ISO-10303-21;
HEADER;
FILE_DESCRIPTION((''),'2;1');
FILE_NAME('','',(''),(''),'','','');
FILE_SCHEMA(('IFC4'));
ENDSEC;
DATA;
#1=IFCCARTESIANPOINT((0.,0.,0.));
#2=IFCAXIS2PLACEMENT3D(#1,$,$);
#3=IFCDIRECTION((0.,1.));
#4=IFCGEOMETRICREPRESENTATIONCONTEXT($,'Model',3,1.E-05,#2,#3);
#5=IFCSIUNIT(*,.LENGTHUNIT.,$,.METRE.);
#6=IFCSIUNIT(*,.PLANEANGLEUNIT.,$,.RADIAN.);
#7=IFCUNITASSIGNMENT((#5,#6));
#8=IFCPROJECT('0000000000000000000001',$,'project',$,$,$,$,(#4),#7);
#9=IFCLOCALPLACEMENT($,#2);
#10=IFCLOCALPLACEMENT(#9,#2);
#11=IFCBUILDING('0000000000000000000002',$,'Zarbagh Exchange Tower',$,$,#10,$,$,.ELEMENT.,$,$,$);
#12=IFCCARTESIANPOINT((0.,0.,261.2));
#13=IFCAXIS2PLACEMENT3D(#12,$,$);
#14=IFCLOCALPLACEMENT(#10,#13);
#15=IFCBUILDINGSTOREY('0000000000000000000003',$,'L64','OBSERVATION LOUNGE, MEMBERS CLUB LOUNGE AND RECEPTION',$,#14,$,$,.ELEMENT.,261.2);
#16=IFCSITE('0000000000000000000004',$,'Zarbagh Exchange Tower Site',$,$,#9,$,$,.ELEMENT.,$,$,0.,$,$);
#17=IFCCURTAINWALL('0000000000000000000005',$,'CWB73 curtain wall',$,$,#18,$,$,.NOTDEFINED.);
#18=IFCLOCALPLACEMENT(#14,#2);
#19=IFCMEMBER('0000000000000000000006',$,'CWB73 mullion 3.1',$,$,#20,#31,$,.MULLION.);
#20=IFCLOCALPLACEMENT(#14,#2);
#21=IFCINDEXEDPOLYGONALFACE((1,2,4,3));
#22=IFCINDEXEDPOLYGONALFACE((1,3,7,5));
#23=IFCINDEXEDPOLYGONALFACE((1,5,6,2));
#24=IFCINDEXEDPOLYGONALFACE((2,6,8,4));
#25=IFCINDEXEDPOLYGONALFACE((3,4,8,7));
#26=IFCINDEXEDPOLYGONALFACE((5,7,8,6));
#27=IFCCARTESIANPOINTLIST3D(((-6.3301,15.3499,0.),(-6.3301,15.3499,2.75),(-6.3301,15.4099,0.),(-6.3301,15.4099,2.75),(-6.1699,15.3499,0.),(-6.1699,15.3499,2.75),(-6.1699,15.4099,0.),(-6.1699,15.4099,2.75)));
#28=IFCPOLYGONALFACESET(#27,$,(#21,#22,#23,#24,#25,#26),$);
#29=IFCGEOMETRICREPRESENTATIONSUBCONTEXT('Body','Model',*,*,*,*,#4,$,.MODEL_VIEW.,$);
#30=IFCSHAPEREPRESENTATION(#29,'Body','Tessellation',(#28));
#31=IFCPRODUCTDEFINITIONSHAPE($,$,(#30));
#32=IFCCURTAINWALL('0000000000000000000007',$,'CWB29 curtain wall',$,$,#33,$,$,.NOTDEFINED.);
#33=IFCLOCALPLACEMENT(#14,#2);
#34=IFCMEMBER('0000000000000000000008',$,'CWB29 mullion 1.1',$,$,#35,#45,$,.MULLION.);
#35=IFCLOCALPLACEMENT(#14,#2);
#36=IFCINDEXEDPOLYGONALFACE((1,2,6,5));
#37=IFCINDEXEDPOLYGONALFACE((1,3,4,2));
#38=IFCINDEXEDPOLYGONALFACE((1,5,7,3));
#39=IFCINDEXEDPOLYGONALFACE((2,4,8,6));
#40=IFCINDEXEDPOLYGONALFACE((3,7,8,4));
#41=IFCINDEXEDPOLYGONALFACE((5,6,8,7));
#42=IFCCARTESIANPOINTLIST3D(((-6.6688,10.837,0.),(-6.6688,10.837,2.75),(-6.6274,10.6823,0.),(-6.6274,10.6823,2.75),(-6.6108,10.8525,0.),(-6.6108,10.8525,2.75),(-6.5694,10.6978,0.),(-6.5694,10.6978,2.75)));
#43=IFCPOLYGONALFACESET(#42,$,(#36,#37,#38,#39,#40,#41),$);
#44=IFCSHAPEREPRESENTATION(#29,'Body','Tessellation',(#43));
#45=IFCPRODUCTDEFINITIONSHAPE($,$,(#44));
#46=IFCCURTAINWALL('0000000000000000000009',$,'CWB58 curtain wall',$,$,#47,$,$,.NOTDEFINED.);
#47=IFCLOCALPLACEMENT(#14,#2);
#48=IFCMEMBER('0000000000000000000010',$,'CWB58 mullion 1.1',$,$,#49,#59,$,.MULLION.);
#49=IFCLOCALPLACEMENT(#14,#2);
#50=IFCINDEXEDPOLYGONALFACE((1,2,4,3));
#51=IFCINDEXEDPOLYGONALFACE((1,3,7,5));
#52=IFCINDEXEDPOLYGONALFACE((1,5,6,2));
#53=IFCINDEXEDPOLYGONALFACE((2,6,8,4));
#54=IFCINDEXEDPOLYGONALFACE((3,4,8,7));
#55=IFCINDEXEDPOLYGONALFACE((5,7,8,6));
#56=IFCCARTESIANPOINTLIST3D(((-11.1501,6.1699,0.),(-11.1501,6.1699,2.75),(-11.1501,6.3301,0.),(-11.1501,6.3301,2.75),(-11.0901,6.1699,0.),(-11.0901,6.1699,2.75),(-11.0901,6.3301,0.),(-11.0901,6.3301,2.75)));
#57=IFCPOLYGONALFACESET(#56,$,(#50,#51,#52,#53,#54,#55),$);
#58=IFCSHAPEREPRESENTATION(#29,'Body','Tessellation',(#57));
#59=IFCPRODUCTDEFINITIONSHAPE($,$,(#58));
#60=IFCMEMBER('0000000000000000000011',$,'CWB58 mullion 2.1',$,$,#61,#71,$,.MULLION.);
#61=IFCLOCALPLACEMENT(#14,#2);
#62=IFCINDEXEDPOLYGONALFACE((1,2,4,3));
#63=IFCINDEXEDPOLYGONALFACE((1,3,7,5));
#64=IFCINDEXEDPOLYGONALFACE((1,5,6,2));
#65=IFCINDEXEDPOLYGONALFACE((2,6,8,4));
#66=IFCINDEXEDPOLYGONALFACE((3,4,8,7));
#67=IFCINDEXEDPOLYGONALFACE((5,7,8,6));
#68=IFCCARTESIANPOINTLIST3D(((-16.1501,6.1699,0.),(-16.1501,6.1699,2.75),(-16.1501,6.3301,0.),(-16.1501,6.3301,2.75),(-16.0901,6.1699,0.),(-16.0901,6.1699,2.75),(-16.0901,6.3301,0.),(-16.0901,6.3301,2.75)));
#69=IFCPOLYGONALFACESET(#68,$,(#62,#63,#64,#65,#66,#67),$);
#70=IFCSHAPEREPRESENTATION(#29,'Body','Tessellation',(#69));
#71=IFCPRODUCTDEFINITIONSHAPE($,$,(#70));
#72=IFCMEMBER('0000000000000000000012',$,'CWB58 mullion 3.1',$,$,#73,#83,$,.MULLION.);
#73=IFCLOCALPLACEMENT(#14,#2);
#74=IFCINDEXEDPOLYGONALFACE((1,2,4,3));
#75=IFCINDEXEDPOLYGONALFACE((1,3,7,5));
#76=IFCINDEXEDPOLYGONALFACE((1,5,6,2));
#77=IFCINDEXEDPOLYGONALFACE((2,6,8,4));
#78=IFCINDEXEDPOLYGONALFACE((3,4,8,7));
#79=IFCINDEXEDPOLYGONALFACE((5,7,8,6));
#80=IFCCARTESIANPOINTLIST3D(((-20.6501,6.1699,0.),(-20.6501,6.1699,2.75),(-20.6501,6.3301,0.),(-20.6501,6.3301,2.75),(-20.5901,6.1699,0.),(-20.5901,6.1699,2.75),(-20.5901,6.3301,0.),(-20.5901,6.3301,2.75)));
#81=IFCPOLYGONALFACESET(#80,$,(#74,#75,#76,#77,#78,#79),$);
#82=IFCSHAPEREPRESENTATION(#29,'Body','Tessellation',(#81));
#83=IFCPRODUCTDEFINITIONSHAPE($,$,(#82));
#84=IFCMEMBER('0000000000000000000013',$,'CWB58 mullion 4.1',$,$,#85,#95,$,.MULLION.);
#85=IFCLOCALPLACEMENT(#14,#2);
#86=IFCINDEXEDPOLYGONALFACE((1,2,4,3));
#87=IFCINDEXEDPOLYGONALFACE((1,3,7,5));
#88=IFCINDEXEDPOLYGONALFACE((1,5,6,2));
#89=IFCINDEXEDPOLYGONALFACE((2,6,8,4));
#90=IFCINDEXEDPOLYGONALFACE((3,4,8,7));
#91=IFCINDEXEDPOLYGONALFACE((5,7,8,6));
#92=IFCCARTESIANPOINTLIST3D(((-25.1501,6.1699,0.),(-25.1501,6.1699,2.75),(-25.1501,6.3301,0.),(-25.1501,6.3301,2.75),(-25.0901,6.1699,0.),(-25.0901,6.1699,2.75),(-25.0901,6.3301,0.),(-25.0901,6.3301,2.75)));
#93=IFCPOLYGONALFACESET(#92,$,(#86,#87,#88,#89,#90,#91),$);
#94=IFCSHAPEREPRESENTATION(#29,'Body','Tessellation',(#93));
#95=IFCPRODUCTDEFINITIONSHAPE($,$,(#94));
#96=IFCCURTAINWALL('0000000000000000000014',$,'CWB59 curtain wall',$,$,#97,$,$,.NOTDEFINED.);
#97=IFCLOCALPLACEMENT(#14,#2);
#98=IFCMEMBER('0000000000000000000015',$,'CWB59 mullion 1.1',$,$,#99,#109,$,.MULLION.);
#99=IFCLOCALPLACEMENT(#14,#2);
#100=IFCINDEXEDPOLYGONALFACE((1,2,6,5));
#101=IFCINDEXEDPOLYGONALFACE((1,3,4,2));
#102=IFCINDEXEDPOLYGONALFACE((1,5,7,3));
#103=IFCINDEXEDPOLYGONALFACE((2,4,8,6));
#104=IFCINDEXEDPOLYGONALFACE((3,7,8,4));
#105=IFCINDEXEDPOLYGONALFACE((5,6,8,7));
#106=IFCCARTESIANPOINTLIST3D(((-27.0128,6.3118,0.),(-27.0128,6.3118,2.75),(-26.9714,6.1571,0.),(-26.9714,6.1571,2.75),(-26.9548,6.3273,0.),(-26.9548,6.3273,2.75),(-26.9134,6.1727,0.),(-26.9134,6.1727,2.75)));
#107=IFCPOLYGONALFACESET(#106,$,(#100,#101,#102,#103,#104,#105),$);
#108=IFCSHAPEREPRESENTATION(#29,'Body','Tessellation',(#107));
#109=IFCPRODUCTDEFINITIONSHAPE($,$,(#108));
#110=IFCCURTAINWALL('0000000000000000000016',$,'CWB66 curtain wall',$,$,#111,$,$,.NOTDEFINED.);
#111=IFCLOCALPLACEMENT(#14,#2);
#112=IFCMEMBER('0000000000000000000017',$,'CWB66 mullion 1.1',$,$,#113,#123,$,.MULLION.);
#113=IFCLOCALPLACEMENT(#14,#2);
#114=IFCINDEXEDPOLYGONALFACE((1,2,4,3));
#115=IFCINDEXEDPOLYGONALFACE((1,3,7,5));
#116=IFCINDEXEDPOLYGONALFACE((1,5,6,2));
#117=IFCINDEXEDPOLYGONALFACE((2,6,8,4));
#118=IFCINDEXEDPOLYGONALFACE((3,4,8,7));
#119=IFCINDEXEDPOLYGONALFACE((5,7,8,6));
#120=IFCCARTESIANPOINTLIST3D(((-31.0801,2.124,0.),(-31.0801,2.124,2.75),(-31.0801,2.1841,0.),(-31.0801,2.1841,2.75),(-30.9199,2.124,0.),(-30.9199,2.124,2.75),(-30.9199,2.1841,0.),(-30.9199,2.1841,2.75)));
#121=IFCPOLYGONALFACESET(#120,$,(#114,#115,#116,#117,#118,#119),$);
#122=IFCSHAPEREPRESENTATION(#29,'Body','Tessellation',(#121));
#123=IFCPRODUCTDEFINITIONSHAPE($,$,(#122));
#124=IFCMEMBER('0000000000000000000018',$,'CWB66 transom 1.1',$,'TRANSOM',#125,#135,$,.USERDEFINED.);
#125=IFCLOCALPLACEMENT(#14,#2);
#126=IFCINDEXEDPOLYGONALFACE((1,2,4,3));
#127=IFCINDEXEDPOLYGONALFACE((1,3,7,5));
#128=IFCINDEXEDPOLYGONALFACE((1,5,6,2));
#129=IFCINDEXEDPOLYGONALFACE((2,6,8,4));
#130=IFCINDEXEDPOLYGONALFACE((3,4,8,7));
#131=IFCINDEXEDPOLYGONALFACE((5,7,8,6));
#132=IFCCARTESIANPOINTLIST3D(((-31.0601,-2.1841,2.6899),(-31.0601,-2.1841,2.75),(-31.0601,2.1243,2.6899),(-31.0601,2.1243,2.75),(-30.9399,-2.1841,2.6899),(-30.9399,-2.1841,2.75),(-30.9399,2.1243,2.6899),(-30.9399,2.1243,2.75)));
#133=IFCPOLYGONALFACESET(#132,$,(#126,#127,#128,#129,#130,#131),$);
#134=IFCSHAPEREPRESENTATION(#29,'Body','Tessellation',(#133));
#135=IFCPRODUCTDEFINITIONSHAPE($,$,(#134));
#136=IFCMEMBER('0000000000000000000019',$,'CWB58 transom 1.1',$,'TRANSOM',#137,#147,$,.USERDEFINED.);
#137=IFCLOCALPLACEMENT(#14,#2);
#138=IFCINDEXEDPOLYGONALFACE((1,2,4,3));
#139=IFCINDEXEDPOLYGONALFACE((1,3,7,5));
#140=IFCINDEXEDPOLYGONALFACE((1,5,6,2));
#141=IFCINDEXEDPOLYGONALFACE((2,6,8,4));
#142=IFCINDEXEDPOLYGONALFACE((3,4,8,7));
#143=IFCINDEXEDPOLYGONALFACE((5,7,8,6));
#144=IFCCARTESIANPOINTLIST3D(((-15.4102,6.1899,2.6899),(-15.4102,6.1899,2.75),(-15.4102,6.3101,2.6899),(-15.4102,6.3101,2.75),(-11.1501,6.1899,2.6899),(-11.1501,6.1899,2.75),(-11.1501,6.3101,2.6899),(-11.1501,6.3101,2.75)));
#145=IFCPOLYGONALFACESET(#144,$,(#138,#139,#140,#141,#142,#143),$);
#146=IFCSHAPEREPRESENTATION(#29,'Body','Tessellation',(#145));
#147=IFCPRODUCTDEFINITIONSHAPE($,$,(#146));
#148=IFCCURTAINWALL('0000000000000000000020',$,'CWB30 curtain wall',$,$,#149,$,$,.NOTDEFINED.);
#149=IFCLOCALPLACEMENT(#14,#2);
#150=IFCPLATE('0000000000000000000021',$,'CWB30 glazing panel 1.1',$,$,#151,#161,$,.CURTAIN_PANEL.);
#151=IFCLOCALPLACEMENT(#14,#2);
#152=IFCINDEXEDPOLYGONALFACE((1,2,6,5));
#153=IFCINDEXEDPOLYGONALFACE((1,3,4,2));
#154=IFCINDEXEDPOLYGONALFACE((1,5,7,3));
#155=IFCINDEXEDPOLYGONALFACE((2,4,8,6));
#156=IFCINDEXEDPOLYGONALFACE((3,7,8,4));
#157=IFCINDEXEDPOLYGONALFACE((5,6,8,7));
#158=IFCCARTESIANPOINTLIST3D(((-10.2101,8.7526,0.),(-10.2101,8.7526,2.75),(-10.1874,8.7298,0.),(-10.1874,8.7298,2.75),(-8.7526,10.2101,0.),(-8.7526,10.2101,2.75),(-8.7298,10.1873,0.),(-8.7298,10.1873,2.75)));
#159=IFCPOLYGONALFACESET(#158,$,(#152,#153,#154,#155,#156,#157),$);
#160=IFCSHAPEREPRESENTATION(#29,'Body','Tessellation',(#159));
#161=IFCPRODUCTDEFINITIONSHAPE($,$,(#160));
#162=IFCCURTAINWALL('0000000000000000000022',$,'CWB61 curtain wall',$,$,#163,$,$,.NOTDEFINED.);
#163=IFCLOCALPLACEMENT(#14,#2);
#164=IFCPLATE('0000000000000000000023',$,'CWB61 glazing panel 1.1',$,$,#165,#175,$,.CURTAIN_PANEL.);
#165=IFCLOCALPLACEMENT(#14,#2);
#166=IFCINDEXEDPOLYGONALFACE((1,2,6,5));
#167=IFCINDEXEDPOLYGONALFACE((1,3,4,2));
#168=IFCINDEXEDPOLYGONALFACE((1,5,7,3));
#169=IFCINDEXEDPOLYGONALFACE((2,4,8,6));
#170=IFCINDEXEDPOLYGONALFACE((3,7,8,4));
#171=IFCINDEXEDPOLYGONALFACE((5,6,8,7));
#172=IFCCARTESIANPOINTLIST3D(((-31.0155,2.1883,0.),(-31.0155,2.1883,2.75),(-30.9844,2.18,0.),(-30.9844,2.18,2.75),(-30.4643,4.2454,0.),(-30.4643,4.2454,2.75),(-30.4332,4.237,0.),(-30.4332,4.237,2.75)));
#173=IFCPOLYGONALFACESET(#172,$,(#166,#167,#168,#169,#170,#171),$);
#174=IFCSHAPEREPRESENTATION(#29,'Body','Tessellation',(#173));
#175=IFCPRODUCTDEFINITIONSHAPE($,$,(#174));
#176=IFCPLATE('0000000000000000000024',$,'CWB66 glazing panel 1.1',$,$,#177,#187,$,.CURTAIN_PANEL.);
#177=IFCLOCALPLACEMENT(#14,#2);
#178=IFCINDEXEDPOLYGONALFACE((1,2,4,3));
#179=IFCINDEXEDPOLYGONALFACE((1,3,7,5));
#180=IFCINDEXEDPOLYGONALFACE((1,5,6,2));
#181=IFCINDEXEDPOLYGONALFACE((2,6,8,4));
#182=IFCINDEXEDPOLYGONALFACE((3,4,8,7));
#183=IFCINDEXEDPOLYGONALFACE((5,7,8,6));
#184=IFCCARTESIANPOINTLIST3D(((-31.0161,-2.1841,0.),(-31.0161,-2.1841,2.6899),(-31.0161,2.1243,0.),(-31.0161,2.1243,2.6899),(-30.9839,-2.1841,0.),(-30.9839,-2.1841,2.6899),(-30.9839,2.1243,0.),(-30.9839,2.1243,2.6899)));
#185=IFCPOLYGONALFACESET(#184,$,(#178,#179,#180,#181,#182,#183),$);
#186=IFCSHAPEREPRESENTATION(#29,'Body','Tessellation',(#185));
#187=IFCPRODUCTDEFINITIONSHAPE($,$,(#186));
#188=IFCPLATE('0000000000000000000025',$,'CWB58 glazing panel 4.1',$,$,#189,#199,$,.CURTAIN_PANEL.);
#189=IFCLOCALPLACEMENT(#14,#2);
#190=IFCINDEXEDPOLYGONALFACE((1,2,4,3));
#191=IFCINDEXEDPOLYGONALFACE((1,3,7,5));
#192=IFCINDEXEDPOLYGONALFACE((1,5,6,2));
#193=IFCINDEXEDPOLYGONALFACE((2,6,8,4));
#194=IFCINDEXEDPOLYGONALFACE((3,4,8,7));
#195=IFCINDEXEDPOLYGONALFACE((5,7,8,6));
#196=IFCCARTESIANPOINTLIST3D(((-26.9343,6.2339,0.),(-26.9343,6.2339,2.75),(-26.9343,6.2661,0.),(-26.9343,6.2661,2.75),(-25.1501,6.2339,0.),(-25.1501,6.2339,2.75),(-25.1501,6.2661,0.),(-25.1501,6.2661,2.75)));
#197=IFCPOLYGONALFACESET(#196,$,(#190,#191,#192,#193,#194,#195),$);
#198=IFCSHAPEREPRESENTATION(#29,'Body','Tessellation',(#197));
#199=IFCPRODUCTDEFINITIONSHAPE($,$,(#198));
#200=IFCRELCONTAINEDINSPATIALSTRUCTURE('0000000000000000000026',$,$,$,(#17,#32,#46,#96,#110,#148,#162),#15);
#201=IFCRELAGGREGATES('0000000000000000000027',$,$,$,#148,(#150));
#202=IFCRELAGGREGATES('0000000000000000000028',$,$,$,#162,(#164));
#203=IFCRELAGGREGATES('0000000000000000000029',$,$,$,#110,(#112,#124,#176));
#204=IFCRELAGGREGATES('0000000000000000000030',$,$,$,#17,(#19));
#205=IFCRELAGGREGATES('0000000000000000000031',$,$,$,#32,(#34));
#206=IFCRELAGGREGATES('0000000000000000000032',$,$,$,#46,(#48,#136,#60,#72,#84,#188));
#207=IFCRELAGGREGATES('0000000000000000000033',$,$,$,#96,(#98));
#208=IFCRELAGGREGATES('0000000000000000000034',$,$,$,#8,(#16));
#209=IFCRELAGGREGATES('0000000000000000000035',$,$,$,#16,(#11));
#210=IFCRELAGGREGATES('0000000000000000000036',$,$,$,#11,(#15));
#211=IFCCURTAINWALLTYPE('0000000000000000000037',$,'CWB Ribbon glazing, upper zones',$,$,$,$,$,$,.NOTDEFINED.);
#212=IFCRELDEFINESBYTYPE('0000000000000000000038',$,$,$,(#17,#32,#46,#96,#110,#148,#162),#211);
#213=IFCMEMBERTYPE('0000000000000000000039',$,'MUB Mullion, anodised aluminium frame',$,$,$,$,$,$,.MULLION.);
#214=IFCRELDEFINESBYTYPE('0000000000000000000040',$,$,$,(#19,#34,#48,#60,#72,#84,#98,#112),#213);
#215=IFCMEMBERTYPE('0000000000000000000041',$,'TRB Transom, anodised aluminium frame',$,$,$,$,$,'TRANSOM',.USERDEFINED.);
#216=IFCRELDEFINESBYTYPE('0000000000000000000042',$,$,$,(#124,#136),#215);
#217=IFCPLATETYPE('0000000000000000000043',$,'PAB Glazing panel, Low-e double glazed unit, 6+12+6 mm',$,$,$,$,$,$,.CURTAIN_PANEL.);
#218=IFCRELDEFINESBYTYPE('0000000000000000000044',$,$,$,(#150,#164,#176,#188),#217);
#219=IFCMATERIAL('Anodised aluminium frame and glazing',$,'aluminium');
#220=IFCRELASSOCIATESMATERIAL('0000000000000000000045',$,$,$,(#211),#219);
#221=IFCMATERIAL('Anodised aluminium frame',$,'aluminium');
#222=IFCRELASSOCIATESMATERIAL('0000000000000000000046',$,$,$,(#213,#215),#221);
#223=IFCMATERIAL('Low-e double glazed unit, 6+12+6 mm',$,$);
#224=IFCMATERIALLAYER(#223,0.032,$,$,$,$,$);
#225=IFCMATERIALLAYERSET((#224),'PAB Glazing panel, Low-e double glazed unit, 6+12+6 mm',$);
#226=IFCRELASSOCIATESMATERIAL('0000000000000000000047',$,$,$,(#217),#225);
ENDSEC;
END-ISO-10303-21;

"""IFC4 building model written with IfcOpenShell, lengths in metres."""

from ifc_helpers import new_model, si_unit, direction, frame, origin, place, context, subcontext, project, spatial, polyline, outline, extrude, source, transform, mapped, material, layer, layer_set, type_object, element, aggregate, save


model = new_model("IFC4")

# Units and contexts
model_context = context("Model", 3, precision=1e-05, world=origin(), true_north=direction((0.0, 1.0)))
body_context = subcontext(model_context, "Body", "Model", "MODEL_VIEW")
ifc_project = project(units=[si_unit("LENGTHUNIT", "METRE"), si_unit("PLANEANGLEUNIT", "RADIAN")], contexts=[model_context])

# Site, building, storey
site_placement = place(None, origin())
site = spatial("IfcSite", under=ifc_project, at=site_placement, Name="Zarbagh Exchange Tower Site", CompositionType="ELEMENT", RefElevation=0.0)
building_placement = place(site_placement, origin())
building = spatial("IfcBuilding", under=site, at=building_placement, Name="Zarbagh Exchange Tower", CompositionType="ELEMENT")
storey_placement = place(building_placement, frame((0.0, 0.0, 261.2)))
storey = spatial("IfcBuildingStorey", under=building, at=storey_placement, Name="L64", Description="OBSERVATION LOUNGE, MEMBERS CLUB LOUNGE AND RECEPTION", CompositionType="ELEMENT", Elevation=261.2)

# Curtain walls, members
ifc_material_1 = material(Name="Anodised aluminium frame and glazing", Category="aluminium")
curtain_wall_type = type_object("IfcCurtainWallType", Name="CWB Ribbon glazing, upper zones", PredefinedType="NOTDEFINED", material=ifc_material_1)
curtain_wall_1_placement = place(storey_placement, origin())
curtain_wall_1 = element("IfcCurtainWall", 1, at=curtain_wall_1_placement, inside=storey, type_object=curtain_wall_type, Name="CWB73 curtain wall", PredefinedType="NOTDEFINED")
ifc_material_2 = material(Name="Anodised aluminium frame", Category="aluminium")
member_type_1 = type_object("IfcMemberType", Name="MUB Mullion, anodised aluminium frame", PredefinedType="MULLION", material=ifc_material_2)
shared_shape_1 = source(origin(), body_context, "Body", "SweptSolid", [
    extrude(outline(polyline([(0.0, -0.0801), (0.0601, -0.0801), (0.0601, 0.0801), (0.0, 0.0801), (0.0, -0.0801)])), origin(), (0.0, 0.0, 1.0), 2.75),
])
placement = place(storey_placement, origin())
member_1 = element("IfcMember", 2, at=placement, type_object=member_type_1, Name="CWB73 mullion 3.1", PredefinedType="MULLION", context=body_context, shape_type="MappedRepresentation", body=[
    mapped(shared_shape_1, transform((-6.25, 15.4099, 0.0), x_axis=(0.0, -1.0, 0.0), y_axis=(1.0, 0.0, 0.0), z_axis=(0.0, 0.0, 1.0))),
])
curtain_wall_2_placement = place(storey_placement, origin())
curtain_wall_2 = element("IfcCurtainWall", 3, at=curtain_wall_2_placement, inside=storey, type_object=curtain_wall_type, Name="CWB29 curtain wall", PredefinedType="NOTDEFINED")
member_2 = element("IfcMember", 4, at=placement, type_object=member_type_1, Name="CWB29 mullion 1.1", PredefinedType="MULLION", context=body_context, shape_type="MappedRepresentation", body=[
    mapped(shared_shape_1, transform((-6.5901, 10.7751, 0.0), x_axis=(-0.965924, -0.258825, 0.0), y_axis=(0.258825, -0.965924, 0.0), z_axis=(0.0, 0.0, 1.0))),
])

# Curtain wall, members
curtain_wall_3_placement = place(storey_placement, origin())
curtain_wall_3 = element("IfcCurtainWall", 5, at=curtain_wall_3_placement, inside=storey, type_object=curtain_wall_type, Name="CWB58 curtain wall", PredefinedType="NOTDEFINED")
member_3 = element("IfcMember", 6, at=placement, type_object=member_type_1, Name="CWB58 mullion 1.1", PredefinedType="MULLION", context=body_context, shape_type="MappedRepresentation", body=[
    mapped(shared_shape_1, transform((-11.0901, 6.25, 0.0), x_axis=(-1.0, 0.0, 0.0), y_axis=(0.0, -1.0, 0.0), z_axis=(0.0, 0.0, 1.0))),
])
member_4 = element("IfcMember", 7, at=placement, type_object=member_type_1, Name="CWB58 mullion 2.1", PredefinedType="MULLION", context=body_context, shape_type="MappedRepresentation", body=[
    mapped(shared_shape_1, transform((-16.0901, 6.25, 0.0), x_axis=(-1.0, 0.0, 0.0), y_axis=(0.0, -1.0, 0.0), z_axis=(0.0, 0.0, 1.0))),
])
member_5 = element("IfcMember", 8, at=placement, type_object=member_type_1, Name="CWB58 mullion 3.1", PredefinedType="MULLION", context=body_context, shape_type="MappedRepresentation", body=[
    mapped(shared_shape_1, transform((-20.5901, 6.25, 0.0), x_axis=(-1.0, 0.0, 0.0), y_axis=(0.0, -1.0, 0.0), z_axis=(0.0, 0.0, 1.0))),
])
member_6 = element("IfcMember", 9, at=placement, type_object=member_type_1, Name="CWB58 mullion 4.1", PredefinedType="MULLION", context=body_context, shape_type="MappedRepresentation", body=[
    mapped(shared_shape_1, transform((-25.0901, 6.25, 0.0), x_axis=(-1.0, 0.0, 0.0), y_axis=(0.0, -1.0, 0.0), z_axis=(0.0, 0.0, 1.0))),
])

# Curtain wall, member
curtain_wall_4_placement = place(storey_placement, origin())
curtain_wall_4 = element("IfcCurtainWall", 10, at=curtain_wall_4_placement, inside=storey, type_object=curtain_wall_type, Name="CWB59 curtain wall", PredefinedType="NOTDEFINED")
member_7 = element("IfcMember", 11, at=placement, type_object=member_type_1, Name="CWB59 mullion 1.1", PredefinedType="MULLION", context=body_context, shape_type="MappedRepresentation", body=[
    mapped(shared_shape_1, transform((-26.9341, 6.25, 0.0), x_axis=(-0.965924, -0.258825, 0.0), y_axis=(0.258825, -0.965924, 0.0), z_axis=(0.0, 0.0, 1.0))),
])

# Curtain wall, members
curtain_wall_5_placement = place(storey_placement, origin())
curtain_wall_5 = element("IfcCurtainWall", 12, at=curtain_wall_5_placement, inside=storey, type_object=curtain_wall_type, Name="CWB66 curtain wall", PredefinedType="NOTDEFINED")
member_8 = element("IfcMember", 13, at=placement, type_object=member_type_1, Name="CWB66 mullion 1.1", PredefinedType="MULLION", context=body_context, shape_type="MappedRepresentation", body=[
    mapped(shared_shape_1, transform((-31.0, 2.1841, 0.0), x_axis=(0.0, -1.0, 0.0), y_axis=(1.0, 0.0, 0.0), z_axis=(0.0, 0.0, 1.0))),
])
member_type_2 = type_object("IfcMemberType", Name="TRB Transom, anodised aluminium frame", ElementType="TRANSOM", PredefinedType="USERDEFINED", material=ifc_material_2)
shared_shape_2 = source(origin(), body_context, "Body", "SweptSolid", [
    extrude(outline(polyline([(-0.0601, -0.0601), (0.0, -0.0601), (0.0, 0.0601), (-0.0601, 0.0601), (-0.0601, -0.0601)])), origin(), (0.0, 0.0, 1.0), 4.3083),
])
member_9 = element("IfcMember", 14, at=placement, type_object=member_type_2, Name="CWB66 transom 1.1", ObjectType="TRANSOM", PredefinedType="USERDEFINED", context=body_context, shape_type="MappedRepresentation", body=[
    mapped(shared_shape_2, transform((-31.0, 2.1243, 2.75), x_axis=(0.0, 0.0, 1.0), y_axis=(-1.0, 0.0, 0.0), z_axis=(0.0, -1.0, 0.0))),
])

# Member
shared_shape_3 = source(origin(), body_context, "Body", "SweptSolid", [
    extrude(outline(polyline([(-0.0601, -0.0601), (0.0, -0.0601), (0.0, 0.0601), (-0.0601, 0.0601), (-0.0601, -0.0601)])), origin(), (0.0, 0.0, 1.0), 4.26),
])
member_10 = element("IfcMember", 15, at=placement, type_object=member_type_2, Name="CWB58 transom 1.1", ObjectType="TRANSOM", PredefinedType="USERDEFINED", context=body_context, shape_type="MappedRepresentation", body=[
    mapped(shared_shape_3, transform((-11.1501, 6.25, 2.75), x_axis=(0.0, 0.0, 1.0), y_axis=(0.0, 1.0, 0.0), z_axis=(-1.0, 0.0, 0.0))),
])

# Curtain walls, plates
curtain_wall_6_placement = place(storey_placement, origin())
curtain_wall_6 = element("IfcCurtainWall", 16, at=curtain_wall_6_placement, inside=storey, type_object=curtain_wall_type, Name="CWB30 curtain wall", PredefinedType="NOTDEFINED")
ifc_material_3 = material(Name="Low-e double glazed unit, 6+12+6 mm")
ifc_layer = layer(ifc_material_3, 0.032)
ifc_layer_set = layer_set([ifc_layer], Name="PAB Glazing panel, Low-e double glazed unit, 6+12+6 mm")
plate_type = type_object("IfcPlateType", Name="PAB Glazing panel, Low-e double glazed unit, 6+12+6 mm", PredefinedType="CURTAIN_PANEL", material=ifc_layer_set)
shared_shape_4 = source(origin(), body_context, "Body", "SweptSolid", [
    extrude(outline(polyline([(0.0, -0.0161), (2.0613, -0.0161), (2.0613, 0.0161), (0.0, 0.0161), (0.0, -0.0161)])), origin(), (0.0, 0.0, 1.0), 2.75),
])
plate_1 = element("IfcPlate", 17, at=placement, type_object=plate_type, Name="CWB30 glazing panel 1.1", PredefinedType="CURTAIN_PANEL", context=body_context, shape_type="MappedRepresentation", body=[
    mapped(shared_shape_4, transform((-8.7412, 10.1987, 0.0), x_axis=(-0.707107, -0.707107, 0.0), y_axis=(0.707107, -0.707107, 0.0), z_axis=(0.0, 0.0, 1.0))),
])
aggregate(curtain_wall_6, [plate_1])
curtain_wall_7_placement = place(storey_placement, origin())
curtain_wall_7 = element("IfcCurtainWall", 18, at=curtain_wall_7_placement, inside=storey, type_object=curtain_wall_type, Name="CWB61 curtain wall", PredefinedType="NOTDEFINED")
shared_shape_5 = source(origin(), body_context, "Body", "SweptSolid", [
    extrude(outline(polyline([(0.0, -0.0161), (2.1296, -0.0161), (2.1296, 0.0161), (0.0, 0.0161), (0.0, -0.0161)])), origin(), (0.0, 0.0, 1.0), 2.75),
])
plate_2 = element("IfcPlate", 19, at=placement, type_object=plate_type, Name="CWB61 glazing panel 1.1", PredefinedType="CURTAIN_PANEL", context=body_context, shape_type="MappedRepresentation", body=[
    mapped(shared_shape_5, transform((-30.4487, 4.2412, 0.0), x_axis=(-0.258825, -0.965924, 0.0), y_axis=(0.965924, -0.258825, 0.0), z_axis=(0.0, 0.0, 1.0))),
])
aggregate(curtain_wall_7, [plate_2])

# Plates
shared_shape_6 = source(origin(), body_context, "Body", "SweptSolid", [
    extrude(outline(polyline([(0.0, -0.0161), (4.3083, -0.0161), (4.3083, 0.0161), (0.0, 0.0161), (0.0, -0.0161)])), origin(), (0.0, 0.0, 1.0), 2.6899),
])
plate_3 = element("IfcPlate", 20, at=placement, type_object=plate_type, Name="CWB66 glazing panel 1.1", PredefinedType="CURTAIN_PANEL", context=body_context, shape_type="MappedRepresentation", body=[
    mapped(shared_shape_6, transform((-31.0, 2.1243, 0.0), x_axis=(0.0, -1.0, 0.0), y_axis=(1.0, 0.0, 0.0), z_axis=(0.0, 0.0, 1.0))),
])
aggregate(curtain_wall_5, [member_8, member_9, plate_3])
shared_shape_7 = source(origin(), body_context, "Body", "SweptSolid", [
    extrude(outline(polyline([(0.0, -0.0161), (1.7842, -0.0161), (1.7842, 0.0161), (0.0, 0.0161), (0.0, -0.0161)])), origin(), (0.0, 0.0, 1.0), 2.75),
])
plate_4 = element("IfcPlate", 21, at=placement, type_object=plate_type, Name="CWB58 glazing panel 4.1", PredefinedType="CURTAIN_PANEL", context=body_context, shape_type="MappedRepresentation", body=[
    mapped(shared_shape_7, transform((-25.1501, 6.25, 0.0), x_axis=(-1.0, 0.0, 0.0), y_axis=(0.0, -1.0, 0.0), z_axis=(0.0, 0.0, 1.0))),
])
aggregate(curtain_wall_1, [member_1])
aggregate(curtain_wall_2, [member_2])

aggregate(curtain_wall_3, [member_3, member_10, member_4, member_5, member_6, plate_4])
aggregate(curtain_wall_4, [member_7])

save(model, "model.ifc")
